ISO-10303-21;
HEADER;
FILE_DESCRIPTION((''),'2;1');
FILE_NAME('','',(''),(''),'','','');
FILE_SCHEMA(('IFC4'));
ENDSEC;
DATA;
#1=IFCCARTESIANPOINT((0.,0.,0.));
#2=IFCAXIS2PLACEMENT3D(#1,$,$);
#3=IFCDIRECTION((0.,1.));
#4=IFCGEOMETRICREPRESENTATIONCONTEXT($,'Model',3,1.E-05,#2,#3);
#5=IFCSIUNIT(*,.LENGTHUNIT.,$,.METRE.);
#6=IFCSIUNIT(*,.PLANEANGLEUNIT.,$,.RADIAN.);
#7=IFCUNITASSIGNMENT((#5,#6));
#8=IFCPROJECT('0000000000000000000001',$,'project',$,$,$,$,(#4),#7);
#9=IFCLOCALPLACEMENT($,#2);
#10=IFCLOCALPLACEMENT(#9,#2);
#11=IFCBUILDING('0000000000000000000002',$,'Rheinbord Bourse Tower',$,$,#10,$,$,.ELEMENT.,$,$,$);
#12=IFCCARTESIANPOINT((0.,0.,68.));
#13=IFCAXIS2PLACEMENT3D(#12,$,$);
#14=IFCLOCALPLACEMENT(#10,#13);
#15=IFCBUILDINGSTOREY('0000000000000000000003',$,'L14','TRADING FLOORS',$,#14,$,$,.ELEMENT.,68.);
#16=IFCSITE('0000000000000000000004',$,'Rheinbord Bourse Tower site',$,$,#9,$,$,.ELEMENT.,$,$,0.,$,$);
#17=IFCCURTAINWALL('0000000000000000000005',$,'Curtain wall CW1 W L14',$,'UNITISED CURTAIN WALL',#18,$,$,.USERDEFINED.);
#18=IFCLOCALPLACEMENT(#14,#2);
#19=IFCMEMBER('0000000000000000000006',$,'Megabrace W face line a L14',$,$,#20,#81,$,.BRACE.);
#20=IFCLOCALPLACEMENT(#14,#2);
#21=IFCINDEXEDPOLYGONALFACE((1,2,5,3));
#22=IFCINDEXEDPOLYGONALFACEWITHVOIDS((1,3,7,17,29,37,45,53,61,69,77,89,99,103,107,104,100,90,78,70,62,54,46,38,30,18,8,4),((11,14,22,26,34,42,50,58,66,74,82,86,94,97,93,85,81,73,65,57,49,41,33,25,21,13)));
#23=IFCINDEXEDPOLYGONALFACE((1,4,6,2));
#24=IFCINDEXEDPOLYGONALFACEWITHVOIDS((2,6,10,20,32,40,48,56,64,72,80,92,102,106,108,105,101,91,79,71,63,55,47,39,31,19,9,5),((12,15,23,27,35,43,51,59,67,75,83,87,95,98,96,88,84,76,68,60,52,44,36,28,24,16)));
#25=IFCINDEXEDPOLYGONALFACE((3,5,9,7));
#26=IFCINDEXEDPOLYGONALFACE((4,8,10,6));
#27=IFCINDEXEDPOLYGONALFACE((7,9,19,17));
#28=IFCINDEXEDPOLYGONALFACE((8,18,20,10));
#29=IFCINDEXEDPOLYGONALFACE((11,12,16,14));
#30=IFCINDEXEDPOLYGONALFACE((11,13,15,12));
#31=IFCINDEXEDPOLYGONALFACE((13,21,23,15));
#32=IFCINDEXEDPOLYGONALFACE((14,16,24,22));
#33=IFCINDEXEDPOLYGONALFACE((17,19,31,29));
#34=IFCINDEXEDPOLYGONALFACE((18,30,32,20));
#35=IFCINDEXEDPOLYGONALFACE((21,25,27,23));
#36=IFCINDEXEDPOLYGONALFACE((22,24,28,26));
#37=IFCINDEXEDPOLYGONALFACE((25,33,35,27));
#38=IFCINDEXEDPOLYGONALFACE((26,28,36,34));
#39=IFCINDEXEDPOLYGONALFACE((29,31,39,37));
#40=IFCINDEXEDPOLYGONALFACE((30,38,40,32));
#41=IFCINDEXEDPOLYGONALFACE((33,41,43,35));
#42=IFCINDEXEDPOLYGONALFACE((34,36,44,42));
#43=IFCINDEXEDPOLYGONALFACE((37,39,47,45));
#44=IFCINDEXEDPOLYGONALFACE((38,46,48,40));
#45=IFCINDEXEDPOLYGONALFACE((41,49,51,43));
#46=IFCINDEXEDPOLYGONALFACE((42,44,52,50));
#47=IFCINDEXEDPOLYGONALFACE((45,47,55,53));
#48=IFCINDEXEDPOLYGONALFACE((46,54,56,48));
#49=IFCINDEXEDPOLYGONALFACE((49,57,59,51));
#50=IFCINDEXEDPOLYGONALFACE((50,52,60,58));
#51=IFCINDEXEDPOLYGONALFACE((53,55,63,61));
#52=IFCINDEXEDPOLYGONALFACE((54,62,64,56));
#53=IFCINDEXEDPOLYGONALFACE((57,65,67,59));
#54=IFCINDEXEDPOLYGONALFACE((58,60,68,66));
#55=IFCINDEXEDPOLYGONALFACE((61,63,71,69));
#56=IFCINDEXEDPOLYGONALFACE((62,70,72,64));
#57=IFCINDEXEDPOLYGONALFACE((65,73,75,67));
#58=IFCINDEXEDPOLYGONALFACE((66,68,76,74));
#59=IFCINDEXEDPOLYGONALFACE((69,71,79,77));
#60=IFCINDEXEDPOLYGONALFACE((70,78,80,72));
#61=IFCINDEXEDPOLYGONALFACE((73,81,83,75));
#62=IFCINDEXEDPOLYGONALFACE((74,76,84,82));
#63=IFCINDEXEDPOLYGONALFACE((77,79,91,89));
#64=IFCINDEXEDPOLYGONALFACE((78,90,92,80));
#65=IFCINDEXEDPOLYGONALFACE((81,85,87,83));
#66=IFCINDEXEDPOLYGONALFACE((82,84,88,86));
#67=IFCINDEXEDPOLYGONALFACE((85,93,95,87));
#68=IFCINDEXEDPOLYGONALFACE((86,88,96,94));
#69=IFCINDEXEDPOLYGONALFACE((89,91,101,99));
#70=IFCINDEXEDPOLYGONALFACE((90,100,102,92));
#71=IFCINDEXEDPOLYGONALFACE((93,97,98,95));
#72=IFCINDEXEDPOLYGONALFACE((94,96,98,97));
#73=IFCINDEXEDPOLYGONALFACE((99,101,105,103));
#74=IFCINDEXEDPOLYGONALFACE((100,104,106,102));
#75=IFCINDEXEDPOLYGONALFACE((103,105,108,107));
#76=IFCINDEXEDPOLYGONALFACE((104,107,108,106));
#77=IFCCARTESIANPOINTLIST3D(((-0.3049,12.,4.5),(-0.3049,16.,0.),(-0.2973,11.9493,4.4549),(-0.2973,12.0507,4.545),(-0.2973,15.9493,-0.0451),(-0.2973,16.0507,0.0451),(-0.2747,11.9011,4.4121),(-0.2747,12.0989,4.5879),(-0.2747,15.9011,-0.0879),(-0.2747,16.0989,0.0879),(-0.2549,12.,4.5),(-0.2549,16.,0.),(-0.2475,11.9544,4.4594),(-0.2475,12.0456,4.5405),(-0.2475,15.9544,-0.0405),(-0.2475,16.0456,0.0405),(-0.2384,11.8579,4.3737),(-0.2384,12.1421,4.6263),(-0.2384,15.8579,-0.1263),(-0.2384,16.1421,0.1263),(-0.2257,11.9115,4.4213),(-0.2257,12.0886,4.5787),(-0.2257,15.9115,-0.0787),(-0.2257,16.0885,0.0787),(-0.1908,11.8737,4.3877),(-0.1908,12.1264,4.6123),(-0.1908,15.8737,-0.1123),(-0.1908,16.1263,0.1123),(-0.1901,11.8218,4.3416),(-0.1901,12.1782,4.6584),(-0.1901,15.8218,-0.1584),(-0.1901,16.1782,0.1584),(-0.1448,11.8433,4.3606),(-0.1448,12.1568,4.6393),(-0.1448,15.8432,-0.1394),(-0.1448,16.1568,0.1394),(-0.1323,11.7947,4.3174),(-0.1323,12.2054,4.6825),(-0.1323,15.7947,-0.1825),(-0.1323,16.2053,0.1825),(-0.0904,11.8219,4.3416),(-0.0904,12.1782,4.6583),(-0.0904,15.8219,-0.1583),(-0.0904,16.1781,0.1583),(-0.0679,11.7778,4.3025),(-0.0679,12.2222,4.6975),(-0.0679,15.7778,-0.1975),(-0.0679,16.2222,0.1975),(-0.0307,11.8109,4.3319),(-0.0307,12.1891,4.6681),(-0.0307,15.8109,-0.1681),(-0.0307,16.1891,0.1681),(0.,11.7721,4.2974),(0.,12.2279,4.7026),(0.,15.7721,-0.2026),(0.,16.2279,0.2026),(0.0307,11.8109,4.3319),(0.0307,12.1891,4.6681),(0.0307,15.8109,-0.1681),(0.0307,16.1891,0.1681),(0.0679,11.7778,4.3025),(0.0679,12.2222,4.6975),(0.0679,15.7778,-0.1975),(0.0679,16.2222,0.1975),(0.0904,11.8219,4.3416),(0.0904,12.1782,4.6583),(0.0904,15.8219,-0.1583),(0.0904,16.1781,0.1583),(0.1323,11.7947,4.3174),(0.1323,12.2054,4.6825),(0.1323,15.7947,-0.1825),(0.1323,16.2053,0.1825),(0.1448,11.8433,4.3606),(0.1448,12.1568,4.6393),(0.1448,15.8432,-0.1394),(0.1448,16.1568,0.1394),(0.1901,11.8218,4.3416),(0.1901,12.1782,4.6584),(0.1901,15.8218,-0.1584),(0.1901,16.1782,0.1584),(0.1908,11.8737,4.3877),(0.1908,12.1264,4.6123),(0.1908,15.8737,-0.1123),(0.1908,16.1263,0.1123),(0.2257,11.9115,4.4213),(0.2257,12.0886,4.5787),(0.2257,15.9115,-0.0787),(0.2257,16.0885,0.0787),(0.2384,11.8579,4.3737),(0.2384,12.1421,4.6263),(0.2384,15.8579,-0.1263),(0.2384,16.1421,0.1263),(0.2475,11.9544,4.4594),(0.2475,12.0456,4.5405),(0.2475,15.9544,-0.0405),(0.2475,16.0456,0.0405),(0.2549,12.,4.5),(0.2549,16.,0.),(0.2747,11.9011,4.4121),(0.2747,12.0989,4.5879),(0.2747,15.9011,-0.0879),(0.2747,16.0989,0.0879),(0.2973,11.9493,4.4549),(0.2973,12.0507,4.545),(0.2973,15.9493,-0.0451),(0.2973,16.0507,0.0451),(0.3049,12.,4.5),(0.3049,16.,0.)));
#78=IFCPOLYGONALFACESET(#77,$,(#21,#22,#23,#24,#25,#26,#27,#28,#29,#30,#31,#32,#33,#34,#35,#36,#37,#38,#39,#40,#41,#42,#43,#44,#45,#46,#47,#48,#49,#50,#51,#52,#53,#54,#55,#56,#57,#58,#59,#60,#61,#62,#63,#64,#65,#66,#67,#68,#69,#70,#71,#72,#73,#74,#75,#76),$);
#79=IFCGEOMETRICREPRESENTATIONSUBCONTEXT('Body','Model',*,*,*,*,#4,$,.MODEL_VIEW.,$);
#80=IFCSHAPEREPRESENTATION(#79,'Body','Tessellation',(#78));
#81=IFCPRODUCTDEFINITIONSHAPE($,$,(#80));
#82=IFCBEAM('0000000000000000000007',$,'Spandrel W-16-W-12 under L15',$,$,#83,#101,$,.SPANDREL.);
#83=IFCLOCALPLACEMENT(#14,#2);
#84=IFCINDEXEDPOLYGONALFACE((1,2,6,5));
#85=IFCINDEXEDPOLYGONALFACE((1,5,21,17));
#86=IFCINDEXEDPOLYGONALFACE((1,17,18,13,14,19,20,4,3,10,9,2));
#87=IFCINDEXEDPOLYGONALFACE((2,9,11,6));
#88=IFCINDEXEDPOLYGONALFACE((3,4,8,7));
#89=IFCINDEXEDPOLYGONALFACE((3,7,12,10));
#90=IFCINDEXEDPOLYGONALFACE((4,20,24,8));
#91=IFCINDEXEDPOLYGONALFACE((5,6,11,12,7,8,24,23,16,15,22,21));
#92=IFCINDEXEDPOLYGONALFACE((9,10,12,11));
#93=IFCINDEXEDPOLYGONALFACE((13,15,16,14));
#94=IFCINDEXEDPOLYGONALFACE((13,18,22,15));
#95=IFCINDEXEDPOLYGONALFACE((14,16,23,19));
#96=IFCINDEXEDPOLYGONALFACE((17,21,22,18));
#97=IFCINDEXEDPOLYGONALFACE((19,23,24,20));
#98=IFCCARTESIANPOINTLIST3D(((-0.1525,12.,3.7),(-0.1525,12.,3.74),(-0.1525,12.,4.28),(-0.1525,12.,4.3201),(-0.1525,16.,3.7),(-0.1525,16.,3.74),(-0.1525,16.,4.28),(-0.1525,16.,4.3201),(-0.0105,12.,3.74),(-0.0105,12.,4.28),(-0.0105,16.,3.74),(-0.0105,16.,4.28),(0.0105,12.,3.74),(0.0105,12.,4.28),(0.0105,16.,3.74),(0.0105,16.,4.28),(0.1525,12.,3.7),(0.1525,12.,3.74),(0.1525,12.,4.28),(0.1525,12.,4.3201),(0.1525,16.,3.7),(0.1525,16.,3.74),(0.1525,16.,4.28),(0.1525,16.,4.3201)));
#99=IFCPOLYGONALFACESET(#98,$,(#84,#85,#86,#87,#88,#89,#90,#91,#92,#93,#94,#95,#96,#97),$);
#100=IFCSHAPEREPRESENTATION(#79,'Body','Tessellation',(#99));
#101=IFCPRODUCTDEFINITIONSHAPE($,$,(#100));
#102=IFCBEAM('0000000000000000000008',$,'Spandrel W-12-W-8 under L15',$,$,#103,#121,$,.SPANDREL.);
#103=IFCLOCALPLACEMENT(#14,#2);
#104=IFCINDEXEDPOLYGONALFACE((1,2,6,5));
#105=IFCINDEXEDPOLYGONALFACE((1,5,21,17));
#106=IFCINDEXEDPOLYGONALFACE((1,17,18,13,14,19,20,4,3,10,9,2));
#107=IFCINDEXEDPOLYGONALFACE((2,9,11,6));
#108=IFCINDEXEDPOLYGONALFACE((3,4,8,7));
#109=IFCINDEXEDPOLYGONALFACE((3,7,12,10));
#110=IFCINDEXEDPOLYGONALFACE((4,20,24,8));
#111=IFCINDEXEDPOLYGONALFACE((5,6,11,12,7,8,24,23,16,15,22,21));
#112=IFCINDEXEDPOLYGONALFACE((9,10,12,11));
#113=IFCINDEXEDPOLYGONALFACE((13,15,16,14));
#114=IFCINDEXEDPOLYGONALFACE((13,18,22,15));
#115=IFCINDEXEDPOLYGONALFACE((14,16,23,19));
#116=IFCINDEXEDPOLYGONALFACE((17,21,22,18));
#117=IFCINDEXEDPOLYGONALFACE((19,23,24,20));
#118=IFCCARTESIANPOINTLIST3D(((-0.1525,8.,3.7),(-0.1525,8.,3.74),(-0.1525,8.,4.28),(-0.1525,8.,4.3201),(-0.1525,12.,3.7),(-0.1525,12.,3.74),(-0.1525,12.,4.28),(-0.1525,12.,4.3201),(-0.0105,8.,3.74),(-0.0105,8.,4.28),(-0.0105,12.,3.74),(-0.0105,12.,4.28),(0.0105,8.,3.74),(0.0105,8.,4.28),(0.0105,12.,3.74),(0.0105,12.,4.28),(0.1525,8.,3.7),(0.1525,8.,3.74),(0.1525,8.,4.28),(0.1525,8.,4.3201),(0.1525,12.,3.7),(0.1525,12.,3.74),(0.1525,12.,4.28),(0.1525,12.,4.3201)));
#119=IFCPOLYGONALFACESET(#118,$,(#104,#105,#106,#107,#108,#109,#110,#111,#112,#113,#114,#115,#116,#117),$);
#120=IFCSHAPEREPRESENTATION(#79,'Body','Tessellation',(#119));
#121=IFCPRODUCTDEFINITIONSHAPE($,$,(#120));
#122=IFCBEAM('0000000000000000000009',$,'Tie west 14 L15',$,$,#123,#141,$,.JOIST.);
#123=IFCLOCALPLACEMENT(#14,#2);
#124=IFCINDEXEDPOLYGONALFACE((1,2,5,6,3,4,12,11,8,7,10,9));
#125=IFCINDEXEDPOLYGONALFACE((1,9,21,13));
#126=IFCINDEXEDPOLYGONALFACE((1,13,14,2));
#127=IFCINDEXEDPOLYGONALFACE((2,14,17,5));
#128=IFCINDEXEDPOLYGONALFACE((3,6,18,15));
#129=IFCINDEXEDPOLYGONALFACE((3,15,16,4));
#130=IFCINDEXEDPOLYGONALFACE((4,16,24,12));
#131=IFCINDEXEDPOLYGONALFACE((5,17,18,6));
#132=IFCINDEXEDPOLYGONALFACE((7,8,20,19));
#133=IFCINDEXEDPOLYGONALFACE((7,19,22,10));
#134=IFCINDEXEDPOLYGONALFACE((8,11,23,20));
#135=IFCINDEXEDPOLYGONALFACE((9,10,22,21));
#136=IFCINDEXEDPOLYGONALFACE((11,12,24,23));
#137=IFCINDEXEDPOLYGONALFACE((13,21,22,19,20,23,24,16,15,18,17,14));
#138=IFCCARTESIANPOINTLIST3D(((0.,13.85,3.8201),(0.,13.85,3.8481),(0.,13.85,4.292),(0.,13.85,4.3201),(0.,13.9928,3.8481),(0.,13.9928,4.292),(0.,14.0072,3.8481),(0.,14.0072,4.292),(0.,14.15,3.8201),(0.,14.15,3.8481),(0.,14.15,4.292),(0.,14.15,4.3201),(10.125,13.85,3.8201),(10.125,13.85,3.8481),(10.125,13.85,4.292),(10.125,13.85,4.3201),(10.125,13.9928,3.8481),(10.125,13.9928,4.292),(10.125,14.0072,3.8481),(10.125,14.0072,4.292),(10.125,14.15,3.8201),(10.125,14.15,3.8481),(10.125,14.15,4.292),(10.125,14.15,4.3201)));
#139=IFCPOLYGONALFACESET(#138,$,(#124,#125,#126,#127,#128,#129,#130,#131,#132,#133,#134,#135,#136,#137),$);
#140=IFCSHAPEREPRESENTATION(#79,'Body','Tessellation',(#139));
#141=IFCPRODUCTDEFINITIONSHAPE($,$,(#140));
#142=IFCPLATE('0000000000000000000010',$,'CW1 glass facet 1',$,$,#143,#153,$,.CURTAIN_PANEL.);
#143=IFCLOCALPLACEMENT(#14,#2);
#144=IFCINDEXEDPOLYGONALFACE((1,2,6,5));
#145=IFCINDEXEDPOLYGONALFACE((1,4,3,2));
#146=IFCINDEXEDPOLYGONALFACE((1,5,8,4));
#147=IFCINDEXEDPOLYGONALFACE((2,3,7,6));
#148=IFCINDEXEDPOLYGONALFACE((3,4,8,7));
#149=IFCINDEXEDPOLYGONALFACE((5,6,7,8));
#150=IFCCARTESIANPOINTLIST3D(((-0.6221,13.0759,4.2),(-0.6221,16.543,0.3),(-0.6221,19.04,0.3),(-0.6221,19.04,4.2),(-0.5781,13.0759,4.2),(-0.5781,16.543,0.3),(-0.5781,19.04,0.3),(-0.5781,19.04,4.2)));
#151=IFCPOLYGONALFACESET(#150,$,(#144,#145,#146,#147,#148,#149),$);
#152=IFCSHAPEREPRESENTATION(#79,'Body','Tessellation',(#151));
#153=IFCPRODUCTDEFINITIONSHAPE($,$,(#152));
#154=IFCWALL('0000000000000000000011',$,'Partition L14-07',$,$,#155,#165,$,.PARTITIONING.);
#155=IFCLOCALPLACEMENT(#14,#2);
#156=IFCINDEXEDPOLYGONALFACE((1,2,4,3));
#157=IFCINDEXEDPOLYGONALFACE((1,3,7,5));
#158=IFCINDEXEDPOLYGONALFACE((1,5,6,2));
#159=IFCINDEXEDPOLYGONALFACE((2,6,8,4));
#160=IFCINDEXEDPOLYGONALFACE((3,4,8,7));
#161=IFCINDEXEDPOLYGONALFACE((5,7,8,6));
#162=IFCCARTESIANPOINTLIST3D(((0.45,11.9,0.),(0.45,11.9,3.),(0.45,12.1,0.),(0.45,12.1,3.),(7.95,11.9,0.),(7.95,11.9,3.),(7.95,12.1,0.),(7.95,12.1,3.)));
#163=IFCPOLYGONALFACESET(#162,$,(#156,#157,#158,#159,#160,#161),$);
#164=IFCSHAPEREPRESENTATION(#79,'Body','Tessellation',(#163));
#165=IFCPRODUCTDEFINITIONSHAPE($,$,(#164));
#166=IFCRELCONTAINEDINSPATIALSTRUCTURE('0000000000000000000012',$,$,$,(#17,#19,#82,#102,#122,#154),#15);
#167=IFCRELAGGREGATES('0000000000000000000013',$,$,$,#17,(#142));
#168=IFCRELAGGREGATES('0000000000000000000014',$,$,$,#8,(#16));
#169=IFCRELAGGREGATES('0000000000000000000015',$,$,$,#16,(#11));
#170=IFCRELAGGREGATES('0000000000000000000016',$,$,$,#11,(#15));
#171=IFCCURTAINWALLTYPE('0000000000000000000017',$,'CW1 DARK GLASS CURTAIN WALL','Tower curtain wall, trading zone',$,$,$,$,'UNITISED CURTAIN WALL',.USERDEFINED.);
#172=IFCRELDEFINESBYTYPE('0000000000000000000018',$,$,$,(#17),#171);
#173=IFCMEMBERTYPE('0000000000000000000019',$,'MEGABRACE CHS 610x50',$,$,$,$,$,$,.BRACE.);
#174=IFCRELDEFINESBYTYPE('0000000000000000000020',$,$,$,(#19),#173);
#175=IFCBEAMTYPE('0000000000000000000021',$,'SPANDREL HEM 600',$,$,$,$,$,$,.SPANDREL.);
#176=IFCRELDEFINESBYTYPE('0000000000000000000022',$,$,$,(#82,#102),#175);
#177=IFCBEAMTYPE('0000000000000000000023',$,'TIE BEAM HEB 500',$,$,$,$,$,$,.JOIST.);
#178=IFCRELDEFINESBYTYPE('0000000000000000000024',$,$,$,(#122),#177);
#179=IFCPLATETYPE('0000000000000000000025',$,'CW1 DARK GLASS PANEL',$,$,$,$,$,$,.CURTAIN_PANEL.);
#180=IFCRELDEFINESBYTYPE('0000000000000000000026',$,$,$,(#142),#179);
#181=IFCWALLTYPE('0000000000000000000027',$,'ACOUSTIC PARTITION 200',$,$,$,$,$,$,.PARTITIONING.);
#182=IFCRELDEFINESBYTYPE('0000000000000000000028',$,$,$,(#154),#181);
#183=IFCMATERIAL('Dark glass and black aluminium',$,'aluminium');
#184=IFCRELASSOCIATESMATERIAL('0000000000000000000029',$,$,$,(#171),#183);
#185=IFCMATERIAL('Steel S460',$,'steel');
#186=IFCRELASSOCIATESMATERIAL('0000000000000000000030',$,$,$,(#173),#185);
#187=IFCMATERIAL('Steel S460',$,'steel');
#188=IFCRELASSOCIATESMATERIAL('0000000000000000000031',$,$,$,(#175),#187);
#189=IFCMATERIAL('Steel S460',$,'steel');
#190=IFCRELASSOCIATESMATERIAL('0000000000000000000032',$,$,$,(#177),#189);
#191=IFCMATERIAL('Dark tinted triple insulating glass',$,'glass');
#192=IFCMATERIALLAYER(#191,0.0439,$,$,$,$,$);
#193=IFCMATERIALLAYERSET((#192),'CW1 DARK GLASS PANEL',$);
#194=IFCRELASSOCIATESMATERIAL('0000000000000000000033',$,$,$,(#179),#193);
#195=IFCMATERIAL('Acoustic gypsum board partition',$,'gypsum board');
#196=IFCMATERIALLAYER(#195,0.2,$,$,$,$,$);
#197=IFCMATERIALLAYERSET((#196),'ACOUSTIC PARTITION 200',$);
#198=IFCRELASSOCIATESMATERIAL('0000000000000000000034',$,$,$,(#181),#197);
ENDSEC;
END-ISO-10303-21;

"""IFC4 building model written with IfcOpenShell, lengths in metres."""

from ifc_helpers import new_model, si_unit, direction, frame, frame_2d, origin, origin_2d, place, context, subcontext, project, spatial, polyline, rectangle, hollow_circle, i_section, outline, extrude, material, layer, layer_set, material_profile, profile_set, type_object, element, aggregate, save


model = new_model("IFC4")

# Units and contexts
model_context = context("Model", 3, precision=1e-05, world=origin(), true_north=direction((0.0, 1.0)))
body_context = subcontext(model_context, "Body", "Model", "MODEL_VIEW")
ifc_project = project(units=[si_unit("LENGTHUNIT", "METRE"), si_unit("PLANEANGLEUNIT", "RADIAN")], contexts=[model_context])

# Site, building, storey
site_placement = place(None, origin())
site = spatial("IfcSite", under=ifc_project, at=site_placement, Name="Rheinbord Bourse Tower site", CompositionType="ELEMENT", RefElevation=0.0)
building_placement = place(site_placement, origin())
building = spatial("IfcBuilding", under=site, at=building_placement, Name="Rheinbord Bourse Tower", CompositionType="ELEMENT")
storey_placement = place(building_placement, frame((0.0, 0.0, 68.0)))
storey = spatial("IfcBuildingStorey", under=building, at=storey_placement, Name="L14", Description="TRADING FLOORS", CompositionType="ELEMENT", Elevation=68.0)

# Curtain wall
ifc_material_1 = material(Name="Dark glass and black aluminium", Category="aluminium")
curtain_wall_type = type_object("IfcCurtainWallType", Name="CW1 DARK GLASS CURTAIN WALL", Description="Tower curtain wall, trading zone", ElementType="UNITISED CURTAIN WALL", PredefinedType="USERDEFINED", material=ifc_material_1)
curtain_wall_placement = place(storey_placement, origin())
curtain_wall = element("IfcCurtainWall", 1, at=curtain_wall_placement, inside=storey, type_object=curtain_wall_type, Name="Curtain wall CW1 W L14", ObjectType="UNITISED CURTAIN WALL", PredefinedType="USERDEFINED")

# Member
ifc_material_2 = material(Name="Steel S460", Category="steel")
ifc_material_profile_1 = material_profile(ifc_material_2, hollow_circle(Radius=0.3049, WallThickness=0.05, at=origin_2d()), Name="CHS 610x50")
ifc_profile_set_1 = profile_set([ifc_material_profile_1], Name="Steel S460")
member_type_1 = type_object("IfcMemberType", Name="MEGABRACE CHS 610x50", PredefinedType="BRACE", material=ifc_profile_set_1)
member_1_placement = place(storey_placement, frame((0.0, 16.0, 0.0), z_axis=(0.0, -0.664364, 0.747409), x_axis=(1.0, 0.0, 0.0)))
element("IfcMember", 2, at=member_1_placement, inside=storey, type_object=member_type_1, Name="Megabrace W face line a L14", PredefinedType="BRACE", context=body_context, shape_type="SweptSolid", body=[
    extrude(hollow_circle(Radius=0.3049, WallThickness=0.05, at=origin_2d()), origin(), (0.0, 0.0, 1.0), 6.0208),
])

# Beams
ifc_material_3 = material(Name="Steel S460", Category="steel")
ifc_material_profile_2 = material_profile(ifc_material_3, i_section(OverallWidth=0.3049, OverallDepth=0.6201, WebThickness=0.021, FlangeThickness=0.04, at=origin_2d()), Name="HEM 600")
ifc_profile_set_2 = profile_set([ifc_material_profile_2], Name="Steel S460")
beam_type_1 = type_object("IfcBeamType", Name="SPANDREL HEM 600", PredefinedType="SPANDREL", material=ifc_profile_set_2)
for number, where, z_axis, x_axis, name in (
    (3, (0.0, 16.0, 4.01), (0.0, -1.0, 0.0), (1.0, 0.0, 0.0), "Spandrel W-16-W-12 under L15"),
    (4, (0.0, 12.0, 4.01), (0.0, -1.0, 0.0), (1.0, 0.0, 0.0), "Spandrel W-12-W-8 under L15"),
):
    element("IfcBeam", number, at=place(storey_placement, frame(where, z_axis=z_axis, x_axis=x_axis)), inside=storey, type_object=beam_type_1, Name=name, PredefinedType="SPANDREL", context=body_context, shape_type="SweptSolid", body=[
        extrude(i_section(OverallWidth=0.3049, OverallDepth=0.6201, WebThickness=0.021, FlangeThickness=0.04, at=origin_2d()), origin(), (0.0, 0.0, 1.0), 4.0),
    ])
ifc_material_4 = material(Name="Steel S460", Category="steel")
ifc_material_profile_3 = material_profile(ifc_material_4, i_section(OverallWidth=0.3, OverallDepth=0.5, WebThickness=0.0144, FlangeThickness=0.0281, at=origin_2d()), Name="HEB 500")
ifc_profile_set_3 = profile_set([ifc_material_profile_3], Name="Steel S460")
beam_type_2 = type_object("IfcBeamType", Name="TIE BEAM HEB 500", PredefinedType="JOIST", material=ifc_profile_set_3)
beam_1_placement = place(storey_placement, frame((0.0, 14.0, 4.0701), z_axis=(1.0, 0.0, 0.0), x_axis=(0.0, 1.0, 0.0)))
element("IfcBeam", 5, at=beam_1_placement, inside=storey, type_object=beam_type_2, Name="Tie west 14 L15", PredefinedType="JOIST", context=body_context, shape_type="SweptSolid", body=[
    extrude(i_section(OverallWidth=0.3, OverallDepth=0.5, WebThickness=0.0144, FlangeThickness=0.0281, at=origin_2d()), origin(), (0.0, 0.0, 1.0), 10.125),
])

# Plate
ifc_material_5 = material(Name="Dark tinted triple insulating glass", Category="glass")
ifc_layer_1 = layer(ifc_material_5, 0.0439)
ifc_layer_set_1 = layer_set([ifc_layer_1], Name="CW1 DARK GLASS PANEL")
plate_type = type_object("IfcPlateType", Name="CW1 DARK GLASS PANEL", PredefinedType="CURTAIN_PANEL", material=ifc_layer_set_1)
plate_placement = place(storey_placement, frame((-0.6221, 19.04, 0.3), z_axis=(1.0, 0.0, 0.0), x_axis=(0.0, 0.0, 1.0)))
plate = element("IfcPlate", 6, at=plate_placement, type_object=plate_type, Name="CW1 glass facet 1", PredefinedType="CURTAIN_PANEL", context=body_context, shape_type="SweptSolid", body=[
    extrude(outline(polyline([(0.0, 0.0), (3.8999, 0.0), (3.8999, 5.9641), (0.0, 2.4971), (0.0, 0.0)])), origin(), (0.0, 0.0, 1.0), 0.0439),
])
aggregate(curtain_wall, [plate])

# Wall
ifc_material_6 = material(Name="Acoustic gypsum board partition", Category="gypsum board")
ifc_layer_2 = layer(ifc_material_6, 0.2)
ifc_layer_set_2 = layer_set([ifc_layer_2], Name="ACOUSTIC PARTITION 200")
wall_type = type_object("IfcWallType", Name="ACOUSTIC PARTITION 200", PredefinedType="PARTITIONING", material=ifc_layer_set_2)
wall_1_placement = place(storey_placement, frame((0.45, 12.0, 0.0), z_axis=(0.0, 0.0, 1.0), x_axis=(1.0, 0.0, 0.0)))
element("IfcWall", 7, at=wall_1_placement, inside=storey, type_object=wall_type, Name="Partition L14-07", PredefinedType="PARTITIONING", context=body_context, shape_type="SweptSolid", body=[
    extrude(rectangle(XDim=7.5, YDim=0.2, at=frame_2d((3.75, 0.0))), origin(), (0.0, 0.0, 1.0), 3.0),
])

save(model, "model.ifc")
